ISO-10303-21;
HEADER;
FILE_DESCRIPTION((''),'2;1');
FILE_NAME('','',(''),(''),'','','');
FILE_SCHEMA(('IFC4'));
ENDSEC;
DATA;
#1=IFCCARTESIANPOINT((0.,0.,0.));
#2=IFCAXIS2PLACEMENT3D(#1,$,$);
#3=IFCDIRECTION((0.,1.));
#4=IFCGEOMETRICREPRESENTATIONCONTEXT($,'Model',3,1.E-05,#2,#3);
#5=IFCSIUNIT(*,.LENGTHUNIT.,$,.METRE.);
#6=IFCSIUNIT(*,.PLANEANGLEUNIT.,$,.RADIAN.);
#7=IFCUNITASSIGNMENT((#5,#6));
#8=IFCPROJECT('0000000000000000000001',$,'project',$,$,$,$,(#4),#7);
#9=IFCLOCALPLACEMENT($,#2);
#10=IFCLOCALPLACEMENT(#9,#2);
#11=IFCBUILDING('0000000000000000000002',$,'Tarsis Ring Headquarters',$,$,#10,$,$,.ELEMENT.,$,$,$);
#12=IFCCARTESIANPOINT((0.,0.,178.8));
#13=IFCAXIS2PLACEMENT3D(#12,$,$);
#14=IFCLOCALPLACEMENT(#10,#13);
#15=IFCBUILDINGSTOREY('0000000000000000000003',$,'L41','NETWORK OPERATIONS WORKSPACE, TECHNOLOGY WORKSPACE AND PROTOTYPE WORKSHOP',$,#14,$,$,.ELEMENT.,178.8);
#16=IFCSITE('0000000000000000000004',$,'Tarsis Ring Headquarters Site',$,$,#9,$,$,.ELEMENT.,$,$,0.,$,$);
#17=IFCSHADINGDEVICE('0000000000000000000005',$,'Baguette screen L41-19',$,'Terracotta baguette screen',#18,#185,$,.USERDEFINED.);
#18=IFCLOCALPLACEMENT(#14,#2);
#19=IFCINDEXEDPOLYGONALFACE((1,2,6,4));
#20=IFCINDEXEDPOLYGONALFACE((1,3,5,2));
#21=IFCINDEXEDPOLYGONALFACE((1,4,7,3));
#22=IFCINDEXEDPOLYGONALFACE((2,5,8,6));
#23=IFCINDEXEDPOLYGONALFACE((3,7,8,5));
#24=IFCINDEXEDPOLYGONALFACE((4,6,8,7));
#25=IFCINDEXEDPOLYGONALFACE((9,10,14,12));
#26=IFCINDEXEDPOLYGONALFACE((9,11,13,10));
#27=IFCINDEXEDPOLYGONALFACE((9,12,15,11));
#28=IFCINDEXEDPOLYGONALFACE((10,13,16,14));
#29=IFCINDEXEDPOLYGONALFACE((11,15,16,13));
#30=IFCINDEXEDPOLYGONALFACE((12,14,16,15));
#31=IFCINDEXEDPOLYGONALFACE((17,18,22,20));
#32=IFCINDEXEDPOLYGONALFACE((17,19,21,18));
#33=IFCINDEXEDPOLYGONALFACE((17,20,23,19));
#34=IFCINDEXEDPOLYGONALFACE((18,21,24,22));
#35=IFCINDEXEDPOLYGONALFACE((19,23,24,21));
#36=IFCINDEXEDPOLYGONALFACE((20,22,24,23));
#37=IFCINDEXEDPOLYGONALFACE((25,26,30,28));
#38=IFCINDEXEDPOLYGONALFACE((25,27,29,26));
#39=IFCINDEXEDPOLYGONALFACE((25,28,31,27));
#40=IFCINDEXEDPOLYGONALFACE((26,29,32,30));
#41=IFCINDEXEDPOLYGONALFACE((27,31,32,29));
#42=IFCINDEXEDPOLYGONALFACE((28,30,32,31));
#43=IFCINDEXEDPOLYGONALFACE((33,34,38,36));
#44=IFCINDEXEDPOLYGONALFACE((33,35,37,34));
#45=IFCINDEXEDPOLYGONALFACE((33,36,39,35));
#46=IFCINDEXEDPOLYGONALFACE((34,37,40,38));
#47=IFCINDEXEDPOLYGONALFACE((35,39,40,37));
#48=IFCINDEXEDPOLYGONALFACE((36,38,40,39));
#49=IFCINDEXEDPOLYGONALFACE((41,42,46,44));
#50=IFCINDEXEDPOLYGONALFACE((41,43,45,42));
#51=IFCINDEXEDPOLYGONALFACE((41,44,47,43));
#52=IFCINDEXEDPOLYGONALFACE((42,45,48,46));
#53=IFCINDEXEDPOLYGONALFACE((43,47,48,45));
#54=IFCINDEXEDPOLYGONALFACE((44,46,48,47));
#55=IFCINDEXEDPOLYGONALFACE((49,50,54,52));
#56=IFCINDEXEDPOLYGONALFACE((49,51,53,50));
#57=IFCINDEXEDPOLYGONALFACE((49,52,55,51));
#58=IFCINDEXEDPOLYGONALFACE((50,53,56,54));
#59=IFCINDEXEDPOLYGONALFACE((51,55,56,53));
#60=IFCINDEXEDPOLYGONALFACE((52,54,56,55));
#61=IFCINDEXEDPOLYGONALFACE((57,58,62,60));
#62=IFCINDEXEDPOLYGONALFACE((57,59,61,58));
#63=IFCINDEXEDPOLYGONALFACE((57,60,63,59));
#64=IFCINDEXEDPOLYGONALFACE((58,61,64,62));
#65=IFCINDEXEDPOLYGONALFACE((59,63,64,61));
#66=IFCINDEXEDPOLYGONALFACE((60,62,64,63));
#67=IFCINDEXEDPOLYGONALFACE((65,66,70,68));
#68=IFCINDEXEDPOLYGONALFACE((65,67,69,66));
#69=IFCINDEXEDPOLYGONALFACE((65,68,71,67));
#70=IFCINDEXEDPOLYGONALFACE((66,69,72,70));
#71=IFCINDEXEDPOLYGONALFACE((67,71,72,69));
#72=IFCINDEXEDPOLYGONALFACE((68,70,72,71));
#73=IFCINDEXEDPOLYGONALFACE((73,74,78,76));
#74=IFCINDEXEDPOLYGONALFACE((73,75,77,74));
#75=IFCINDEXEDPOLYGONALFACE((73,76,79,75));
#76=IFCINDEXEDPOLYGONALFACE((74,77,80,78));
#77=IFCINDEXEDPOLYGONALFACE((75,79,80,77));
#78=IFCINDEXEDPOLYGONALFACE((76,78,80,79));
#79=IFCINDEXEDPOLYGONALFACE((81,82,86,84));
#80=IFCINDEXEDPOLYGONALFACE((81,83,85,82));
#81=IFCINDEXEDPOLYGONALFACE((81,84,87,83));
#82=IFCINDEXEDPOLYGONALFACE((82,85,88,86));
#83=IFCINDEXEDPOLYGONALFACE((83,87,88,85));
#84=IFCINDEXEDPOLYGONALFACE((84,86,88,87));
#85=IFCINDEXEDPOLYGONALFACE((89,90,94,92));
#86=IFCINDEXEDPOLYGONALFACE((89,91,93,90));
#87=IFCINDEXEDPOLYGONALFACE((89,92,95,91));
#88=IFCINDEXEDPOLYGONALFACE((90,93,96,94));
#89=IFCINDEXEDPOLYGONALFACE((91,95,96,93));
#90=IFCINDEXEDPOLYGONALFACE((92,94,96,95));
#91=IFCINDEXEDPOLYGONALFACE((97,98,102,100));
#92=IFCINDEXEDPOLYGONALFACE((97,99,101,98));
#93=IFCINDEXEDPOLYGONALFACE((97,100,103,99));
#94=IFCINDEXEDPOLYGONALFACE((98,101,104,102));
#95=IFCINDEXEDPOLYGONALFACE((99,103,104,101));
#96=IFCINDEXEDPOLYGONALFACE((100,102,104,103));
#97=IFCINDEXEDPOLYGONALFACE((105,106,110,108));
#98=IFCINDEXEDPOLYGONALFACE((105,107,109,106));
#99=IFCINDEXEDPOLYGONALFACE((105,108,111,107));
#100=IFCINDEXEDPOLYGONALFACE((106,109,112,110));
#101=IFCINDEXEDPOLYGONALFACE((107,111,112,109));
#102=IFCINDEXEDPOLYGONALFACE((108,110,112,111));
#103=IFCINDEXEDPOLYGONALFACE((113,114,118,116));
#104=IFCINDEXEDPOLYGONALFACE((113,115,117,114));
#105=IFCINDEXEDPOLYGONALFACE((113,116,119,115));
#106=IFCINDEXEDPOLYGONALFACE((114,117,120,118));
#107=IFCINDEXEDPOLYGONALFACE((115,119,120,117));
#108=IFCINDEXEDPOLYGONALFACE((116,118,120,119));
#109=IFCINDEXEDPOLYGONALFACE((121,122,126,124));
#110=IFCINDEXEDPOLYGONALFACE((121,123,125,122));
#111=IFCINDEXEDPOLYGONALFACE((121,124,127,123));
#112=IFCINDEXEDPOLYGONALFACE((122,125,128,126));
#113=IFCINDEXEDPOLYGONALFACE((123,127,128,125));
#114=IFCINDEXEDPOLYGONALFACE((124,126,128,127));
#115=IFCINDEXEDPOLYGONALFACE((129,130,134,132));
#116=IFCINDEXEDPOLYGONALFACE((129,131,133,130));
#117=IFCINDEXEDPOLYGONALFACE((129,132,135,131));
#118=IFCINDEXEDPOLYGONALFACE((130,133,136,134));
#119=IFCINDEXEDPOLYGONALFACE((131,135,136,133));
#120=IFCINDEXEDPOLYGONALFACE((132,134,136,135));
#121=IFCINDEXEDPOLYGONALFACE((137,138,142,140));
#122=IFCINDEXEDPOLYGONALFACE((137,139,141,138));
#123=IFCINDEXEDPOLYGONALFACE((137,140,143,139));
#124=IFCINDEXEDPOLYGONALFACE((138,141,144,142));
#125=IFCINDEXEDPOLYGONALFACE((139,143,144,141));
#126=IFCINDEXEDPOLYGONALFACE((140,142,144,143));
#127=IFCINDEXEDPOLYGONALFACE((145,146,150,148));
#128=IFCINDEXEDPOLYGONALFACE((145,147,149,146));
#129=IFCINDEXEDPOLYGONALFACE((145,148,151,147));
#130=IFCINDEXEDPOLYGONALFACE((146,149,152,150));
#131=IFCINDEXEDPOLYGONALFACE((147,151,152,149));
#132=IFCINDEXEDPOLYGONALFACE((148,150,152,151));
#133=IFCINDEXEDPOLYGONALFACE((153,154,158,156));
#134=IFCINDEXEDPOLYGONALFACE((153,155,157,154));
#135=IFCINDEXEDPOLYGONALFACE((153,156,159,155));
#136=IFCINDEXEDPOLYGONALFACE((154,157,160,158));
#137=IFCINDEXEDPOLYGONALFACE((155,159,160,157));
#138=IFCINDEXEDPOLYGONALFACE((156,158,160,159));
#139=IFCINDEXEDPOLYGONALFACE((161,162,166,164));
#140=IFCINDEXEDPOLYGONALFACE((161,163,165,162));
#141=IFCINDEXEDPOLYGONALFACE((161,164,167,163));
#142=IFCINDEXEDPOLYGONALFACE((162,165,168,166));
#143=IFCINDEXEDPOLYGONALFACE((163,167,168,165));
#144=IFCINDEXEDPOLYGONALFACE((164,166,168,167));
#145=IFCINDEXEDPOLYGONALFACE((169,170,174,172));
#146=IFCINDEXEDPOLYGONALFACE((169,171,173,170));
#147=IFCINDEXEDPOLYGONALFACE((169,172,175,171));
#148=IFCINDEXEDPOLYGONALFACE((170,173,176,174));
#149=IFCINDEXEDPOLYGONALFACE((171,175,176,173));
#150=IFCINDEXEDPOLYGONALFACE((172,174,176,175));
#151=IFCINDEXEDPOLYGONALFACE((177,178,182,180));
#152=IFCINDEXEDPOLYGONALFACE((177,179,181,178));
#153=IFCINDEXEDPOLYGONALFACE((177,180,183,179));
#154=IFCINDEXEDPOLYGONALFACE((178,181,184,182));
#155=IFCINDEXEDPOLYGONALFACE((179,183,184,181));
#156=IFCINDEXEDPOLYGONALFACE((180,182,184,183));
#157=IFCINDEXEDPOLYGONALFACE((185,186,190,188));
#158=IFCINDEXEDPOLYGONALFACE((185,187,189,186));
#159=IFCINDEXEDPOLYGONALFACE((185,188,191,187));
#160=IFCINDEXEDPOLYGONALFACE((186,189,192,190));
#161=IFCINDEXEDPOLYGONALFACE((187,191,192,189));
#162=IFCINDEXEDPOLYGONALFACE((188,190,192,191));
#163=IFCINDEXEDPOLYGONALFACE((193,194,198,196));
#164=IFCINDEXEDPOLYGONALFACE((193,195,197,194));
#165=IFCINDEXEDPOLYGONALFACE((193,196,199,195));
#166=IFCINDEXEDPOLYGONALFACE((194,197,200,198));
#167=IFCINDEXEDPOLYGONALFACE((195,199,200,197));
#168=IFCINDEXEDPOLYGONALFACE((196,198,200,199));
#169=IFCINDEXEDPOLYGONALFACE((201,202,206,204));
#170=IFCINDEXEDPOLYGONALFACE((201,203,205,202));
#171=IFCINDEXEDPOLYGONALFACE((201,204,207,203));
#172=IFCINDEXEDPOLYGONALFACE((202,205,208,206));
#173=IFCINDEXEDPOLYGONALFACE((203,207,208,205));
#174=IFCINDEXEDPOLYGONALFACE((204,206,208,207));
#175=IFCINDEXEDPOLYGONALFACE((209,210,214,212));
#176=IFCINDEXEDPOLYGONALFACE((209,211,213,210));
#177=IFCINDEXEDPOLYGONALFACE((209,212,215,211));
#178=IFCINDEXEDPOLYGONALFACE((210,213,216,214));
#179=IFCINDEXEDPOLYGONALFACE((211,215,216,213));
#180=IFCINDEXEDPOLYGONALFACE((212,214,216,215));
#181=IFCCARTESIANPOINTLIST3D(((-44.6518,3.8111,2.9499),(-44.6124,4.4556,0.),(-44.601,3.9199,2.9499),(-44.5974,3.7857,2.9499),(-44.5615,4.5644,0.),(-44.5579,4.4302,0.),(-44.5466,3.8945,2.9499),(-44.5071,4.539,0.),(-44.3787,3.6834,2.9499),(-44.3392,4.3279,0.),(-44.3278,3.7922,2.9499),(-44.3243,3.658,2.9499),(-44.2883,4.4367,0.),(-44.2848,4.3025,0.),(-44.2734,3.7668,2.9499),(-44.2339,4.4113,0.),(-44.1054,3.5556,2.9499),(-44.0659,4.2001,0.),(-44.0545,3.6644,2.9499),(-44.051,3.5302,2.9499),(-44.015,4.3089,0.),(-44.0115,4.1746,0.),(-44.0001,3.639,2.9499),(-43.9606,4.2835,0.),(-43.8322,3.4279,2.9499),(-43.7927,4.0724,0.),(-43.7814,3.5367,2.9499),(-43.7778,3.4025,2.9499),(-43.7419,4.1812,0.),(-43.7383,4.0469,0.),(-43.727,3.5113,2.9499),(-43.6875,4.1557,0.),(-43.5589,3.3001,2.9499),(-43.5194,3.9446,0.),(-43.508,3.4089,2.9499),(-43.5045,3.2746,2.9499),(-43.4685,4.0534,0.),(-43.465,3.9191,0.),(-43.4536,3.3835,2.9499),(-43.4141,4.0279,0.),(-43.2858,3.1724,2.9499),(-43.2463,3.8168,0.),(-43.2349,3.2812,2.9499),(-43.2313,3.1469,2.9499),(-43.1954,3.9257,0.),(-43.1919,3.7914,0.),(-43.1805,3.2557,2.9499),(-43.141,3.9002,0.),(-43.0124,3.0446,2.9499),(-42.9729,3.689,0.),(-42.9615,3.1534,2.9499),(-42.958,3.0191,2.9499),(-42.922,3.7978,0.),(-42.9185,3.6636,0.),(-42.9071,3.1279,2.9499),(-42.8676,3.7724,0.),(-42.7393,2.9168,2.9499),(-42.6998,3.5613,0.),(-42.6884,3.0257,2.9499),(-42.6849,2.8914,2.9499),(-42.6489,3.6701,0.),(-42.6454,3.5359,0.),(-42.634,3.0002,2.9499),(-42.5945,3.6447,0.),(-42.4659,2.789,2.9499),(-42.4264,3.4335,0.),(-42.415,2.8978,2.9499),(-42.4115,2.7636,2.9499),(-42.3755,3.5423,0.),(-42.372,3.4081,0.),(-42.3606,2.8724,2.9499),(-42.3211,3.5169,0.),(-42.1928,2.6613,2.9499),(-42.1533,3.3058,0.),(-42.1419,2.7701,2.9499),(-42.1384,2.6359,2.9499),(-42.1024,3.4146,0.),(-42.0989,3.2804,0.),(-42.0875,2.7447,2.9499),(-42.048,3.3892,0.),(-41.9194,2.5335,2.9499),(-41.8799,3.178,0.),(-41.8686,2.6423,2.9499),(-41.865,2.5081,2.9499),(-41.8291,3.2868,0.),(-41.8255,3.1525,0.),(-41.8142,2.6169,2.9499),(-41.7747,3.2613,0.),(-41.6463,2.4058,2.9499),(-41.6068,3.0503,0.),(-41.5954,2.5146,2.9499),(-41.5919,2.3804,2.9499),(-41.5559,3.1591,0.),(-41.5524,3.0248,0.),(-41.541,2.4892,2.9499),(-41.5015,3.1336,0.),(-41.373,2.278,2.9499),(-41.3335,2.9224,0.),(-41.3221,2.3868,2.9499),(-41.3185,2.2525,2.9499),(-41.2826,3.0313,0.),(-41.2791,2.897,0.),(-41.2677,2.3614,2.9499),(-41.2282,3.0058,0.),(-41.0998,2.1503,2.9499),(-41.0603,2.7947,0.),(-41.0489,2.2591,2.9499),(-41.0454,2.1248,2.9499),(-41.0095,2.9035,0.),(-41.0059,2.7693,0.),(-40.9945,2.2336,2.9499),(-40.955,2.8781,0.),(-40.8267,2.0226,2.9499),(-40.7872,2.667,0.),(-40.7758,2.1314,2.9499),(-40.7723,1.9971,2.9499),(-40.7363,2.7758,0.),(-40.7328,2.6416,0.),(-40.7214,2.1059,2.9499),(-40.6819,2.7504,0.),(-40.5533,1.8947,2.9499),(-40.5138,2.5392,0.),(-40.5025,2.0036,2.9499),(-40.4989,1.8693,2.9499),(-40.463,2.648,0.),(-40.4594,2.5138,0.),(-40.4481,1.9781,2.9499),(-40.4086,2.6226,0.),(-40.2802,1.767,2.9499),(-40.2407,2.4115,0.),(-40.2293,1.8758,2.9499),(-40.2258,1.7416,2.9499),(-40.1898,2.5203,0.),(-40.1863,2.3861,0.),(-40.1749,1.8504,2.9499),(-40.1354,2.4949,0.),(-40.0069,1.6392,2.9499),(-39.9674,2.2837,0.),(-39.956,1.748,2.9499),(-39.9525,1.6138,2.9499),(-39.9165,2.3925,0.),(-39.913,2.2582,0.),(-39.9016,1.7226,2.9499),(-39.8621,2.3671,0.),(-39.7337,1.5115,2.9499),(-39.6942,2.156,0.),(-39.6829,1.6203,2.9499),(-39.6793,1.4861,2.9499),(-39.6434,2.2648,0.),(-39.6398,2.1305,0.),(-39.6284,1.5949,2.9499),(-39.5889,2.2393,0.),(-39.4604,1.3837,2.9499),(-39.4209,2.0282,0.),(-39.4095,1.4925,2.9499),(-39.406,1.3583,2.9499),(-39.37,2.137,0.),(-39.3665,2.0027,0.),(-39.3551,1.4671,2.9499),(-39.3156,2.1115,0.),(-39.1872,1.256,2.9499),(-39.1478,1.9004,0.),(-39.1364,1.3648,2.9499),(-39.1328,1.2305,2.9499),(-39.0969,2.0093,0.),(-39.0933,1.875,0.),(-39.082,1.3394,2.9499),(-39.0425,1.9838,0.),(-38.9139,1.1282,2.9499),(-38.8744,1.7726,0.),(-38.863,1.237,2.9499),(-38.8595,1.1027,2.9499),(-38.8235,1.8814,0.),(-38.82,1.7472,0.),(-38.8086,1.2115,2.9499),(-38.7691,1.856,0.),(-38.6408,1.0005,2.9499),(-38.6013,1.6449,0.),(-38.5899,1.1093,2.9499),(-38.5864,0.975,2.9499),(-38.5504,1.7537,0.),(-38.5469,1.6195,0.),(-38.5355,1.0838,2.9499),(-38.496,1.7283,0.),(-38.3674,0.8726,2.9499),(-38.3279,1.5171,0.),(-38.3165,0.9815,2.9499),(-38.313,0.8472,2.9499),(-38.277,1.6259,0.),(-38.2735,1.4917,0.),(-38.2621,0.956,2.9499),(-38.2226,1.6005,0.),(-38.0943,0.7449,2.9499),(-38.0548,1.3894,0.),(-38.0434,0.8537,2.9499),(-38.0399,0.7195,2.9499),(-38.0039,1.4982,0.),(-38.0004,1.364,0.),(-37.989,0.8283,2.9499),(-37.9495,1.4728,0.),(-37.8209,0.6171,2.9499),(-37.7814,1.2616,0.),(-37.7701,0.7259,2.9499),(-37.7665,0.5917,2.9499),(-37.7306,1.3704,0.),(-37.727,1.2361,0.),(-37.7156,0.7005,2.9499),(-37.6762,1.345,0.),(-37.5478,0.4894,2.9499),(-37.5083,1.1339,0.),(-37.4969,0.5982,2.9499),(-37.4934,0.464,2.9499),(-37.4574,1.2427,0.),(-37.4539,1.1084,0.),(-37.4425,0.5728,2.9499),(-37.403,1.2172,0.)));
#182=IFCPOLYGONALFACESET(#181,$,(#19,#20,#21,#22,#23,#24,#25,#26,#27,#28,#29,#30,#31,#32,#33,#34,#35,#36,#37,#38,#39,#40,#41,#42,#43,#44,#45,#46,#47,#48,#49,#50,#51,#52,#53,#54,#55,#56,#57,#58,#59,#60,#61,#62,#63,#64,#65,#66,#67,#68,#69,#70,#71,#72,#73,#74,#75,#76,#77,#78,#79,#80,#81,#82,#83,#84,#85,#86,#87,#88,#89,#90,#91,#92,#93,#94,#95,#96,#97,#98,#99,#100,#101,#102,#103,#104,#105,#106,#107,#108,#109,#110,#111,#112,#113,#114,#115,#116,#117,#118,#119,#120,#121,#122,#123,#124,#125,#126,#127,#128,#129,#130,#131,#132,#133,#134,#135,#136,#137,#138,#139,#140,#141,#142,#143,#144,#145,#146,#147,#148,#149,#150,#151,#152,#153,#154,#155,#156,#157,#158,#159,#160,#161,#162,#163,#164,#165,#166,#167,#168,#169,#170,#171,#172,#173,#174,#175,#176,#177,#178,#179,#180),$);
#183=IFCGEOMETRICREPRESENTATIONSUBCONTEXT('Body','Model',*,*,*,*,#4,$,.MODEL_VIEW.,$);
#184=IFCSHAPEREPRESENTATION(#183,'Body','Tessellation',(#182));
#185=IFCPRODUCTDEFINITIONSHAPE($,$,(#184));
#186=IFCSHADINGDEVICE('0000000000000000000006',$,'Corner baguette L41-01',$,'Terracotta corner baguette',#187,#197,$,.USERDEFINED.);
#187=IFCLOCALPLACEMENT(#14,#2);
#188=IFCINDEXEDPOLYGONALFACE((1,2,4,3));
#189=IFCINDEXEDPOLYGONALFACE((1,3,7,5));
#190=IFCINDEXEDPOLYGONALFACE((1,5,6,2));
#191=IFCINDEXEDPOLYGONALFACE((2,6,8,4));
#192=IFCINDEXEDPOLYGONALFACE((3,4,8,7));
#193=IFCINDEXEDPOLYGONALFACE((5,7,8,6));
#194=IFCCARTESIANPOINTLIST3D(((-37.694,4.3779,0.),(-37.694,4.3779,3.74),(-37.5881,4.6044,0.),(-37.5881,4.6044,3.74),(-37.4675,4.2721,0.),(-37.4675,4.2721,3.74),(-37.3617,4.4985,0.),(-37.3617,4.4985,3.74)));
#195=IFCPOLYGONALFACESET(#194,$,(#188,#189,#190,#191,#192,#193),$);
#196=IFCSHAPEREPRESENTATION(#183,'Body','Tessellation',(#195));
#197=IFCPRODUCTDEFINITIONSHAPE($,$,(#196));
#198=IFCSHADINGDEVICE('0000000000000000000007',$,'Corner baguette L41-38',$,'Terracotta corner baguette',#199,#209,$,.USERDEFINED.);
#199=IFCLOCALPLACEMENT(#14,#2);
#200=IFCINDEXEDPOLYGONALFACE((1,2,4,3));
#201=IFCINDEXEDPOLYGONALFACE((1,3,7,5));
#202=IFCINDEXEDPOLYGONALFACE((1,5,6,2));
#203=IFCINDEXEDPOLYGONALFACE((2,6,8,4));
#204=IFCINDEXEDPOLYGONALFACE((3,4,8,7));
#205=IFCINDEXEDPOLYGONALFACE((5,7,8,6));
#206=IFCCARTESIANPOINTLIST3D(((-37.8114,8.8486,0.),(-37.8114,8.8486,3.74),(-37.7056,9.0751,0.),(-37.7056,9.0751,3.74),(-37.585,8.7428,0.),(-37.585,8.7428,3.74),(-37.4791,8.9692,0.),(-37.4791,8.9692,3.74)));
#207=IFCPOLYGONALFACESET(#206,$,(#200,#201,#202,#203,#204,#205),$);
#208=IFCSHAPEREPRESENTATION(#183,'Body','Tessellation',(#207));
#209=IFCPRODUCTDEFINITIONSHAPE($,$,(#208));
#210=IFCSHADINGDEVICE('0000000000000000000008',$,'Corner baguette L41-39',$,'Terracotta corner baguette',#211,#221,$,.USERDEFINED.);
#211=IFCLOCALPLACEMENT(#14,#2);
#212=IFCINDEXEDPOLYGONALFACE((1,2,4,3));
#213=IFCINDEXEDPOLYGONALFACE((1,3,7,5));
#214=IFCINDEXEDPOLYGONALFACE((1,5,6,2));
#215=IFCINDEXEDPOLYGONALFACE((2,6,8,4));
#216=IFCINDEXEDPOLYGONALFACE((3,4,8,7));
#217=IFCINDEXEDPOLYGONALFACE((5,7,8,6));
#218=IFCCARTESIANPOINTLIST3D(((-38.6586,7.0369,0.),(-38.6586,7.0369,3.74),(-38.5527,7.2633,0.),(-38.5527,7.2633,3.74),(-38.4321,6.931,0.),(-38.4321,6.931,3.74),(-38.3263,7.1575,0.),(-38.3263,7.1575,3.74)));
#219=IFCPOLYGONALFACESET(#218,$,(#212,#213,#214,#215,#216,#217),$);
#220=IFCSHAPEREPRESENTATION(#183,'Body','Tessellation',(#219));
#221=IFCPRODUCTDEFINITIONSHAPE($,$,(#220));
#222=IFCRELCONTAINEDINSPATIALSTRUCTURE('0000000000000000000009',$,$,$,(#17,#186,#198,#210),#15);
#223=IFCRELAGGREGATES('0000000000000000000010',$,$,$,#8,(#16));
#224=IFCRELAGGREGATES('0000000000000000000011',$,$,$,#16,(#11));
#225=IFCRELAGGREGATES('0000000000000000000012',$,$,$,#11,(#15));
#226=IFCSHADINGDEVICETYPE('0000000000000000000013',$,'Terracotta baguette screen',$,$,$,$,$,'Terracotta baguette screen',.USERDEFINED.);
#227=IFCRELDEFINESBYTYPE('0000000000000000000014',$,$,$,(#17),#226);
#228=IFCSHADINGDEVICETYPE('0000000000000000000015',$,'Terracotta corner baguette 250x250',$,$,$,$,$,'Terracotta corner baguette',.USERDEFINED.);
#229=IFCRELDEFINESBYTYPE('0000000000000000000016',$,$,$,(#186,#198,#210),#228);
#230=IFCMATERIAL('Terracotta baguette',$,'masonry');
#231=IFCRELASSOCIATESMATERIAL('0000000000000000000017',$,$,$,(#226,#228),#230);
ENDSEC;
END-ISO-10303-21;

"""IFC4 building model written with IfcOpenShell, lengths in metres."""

from ifc_helpers import new_model, si_unit, direction, frame, frame_2d, origin, origin_2d, place, context, subcontext, project, spatial, rectangle, composite_profile, extrude, material, type_object, element, save


model = new_model("IFC4")

# Units and contexts
model_context = context("Model", 3, precision=1e-05, world=origin(), true_north=direction((0.0, 1.0)))
body_context = subcontext(model_context, "Body", "Model", "MODEL_VIEW")
ifc_project = project(units=[si_unit("LENGTHUNIT", "METRE"), si_unit("PLANEANGLEUNIT", "RADIAN")], contexts=[model_context])

# Site, building, storey
site_placement = place(None, origin())
site = spatial("IfcSite", under=ifc_project, at=site_placement, Name="Tarsis Ring Headquarters Site", CompositionType="ELEMENT", RefElevation=0.0)
building_placement = place(site_placement, origin())
building = spatial("IfcBuilding", under=site, at=building_placement, Name="Tarsis Ring Headquarters", CompositionType="ELEMENT")
storey_placement = place(building_placement, frame((0.0, 0.0, 178.8)))
storey = spatial("IfcBuildingStorey", under=building, at=storey_placement, Name="L41", Description="NETWORK OPERATIONS WORKSPACE, TECHNOLOGY WORKSPACE AND PROTOTYPE WORKSHOP", CompositionType="ELEMENT", Elevation=178.8)

# Shading devices
ifc_material_1 = material(Name="Terracotta baguette", Category="masonry")
shading_device_type_1 = type_object("IfcShadingDeviceType", Name="Terracotta baguette screen", ElementType="Terracotta baguette screen", PredefinedType="USERDEFINED", material=ifc_material_1)
shading_device_1_placement = place(storey_placement, frame((-44.5869, 4.51, 0.0), z_axis=(0.0, 0.0, 1.0), x_axis=(0.905864, -0.423566, 0.0)))
element("IfcShadingDevice", 1, at=shading_device_1_placement, inside=storey, type_object=shading_device_type_1, Name="Baguette screen L41-19", ObjectType="Terracotta baguette screen", PredefinedType="USERDEFINED", context=body_context, shape_type="SweptSolid", body=[
    extrude(composite_profile([rectangle(XDim=0.0601, YDim=0.1201, at=frame_2d((0.03, 0.0))), rectangle(XDim=0.0601, YDim=0.1201, at=frame_2d((0.3315, 0.0))), rectangle(XDim=0.0601, YDim=0.1201, at=frame_2d((0.6333, 0.0))), rectangle(XDim=0.0601, YDim=0.1201, at=frame_2d((0.9348, 0.0))), rectangle(XDim=0.0601, YDim=0.1201, at=frame_2d((1.2366, 0.0))), rectangle(XDim=0.0601, YDim=0.1201, at=frame_2d((1.5381, 0.0))), rectangle(XDim=0.0601, YDim=0.1201, at=frame_2d((1.8398, 0.0))), rectangle(XDim=0.0601, YDim=0.1201, at=frame_2d((2.1414, 0.0))), rectangle(XDim=0.0601, YDim=0.1201, at=frame_2d((2.4431, 0.0))), rectangle(XDim=0.0601, YDim=0.1201, at=frame_2d((2.7446, 0.0))), rectangle(XDim=0.0601, YDim=0.1201, at=frame_2d((3.0464, 0.0))), rectangle(XDim=0.0601, YDim=0.1201, at=frame_2d((3.3479, 0.0))), rectangle(XDim=0.0601, YDim=0.1201, at=frame_2d((3.6497, 0.0))), rectangle(XDim=0.0601, YDim=0.1201, at=frame_2d((3.9512, 0.0))), rectangle(XDim=0.0601, YDim=0.1201, at=frame_2d((4.2527, 0.0))), rectangle(XDim=0.0601, YDim=0.1201, at=frame_2d((4.5544, 0.0))), rectangle(XDim=0.0601, YDim=0.1201, at=frame_2d((4.856, 0.0))), rectangle(XDim=0.0601, YDim=0.1201, at=frame_2d((5.1577, 0.0))), rectangle(XDim=0.0601, YDim=0.1201, at=frame_2d((5.4592, 0.0))), rectangle(XDim=0.0601, YDim=0.1201, at=frame_2d((5.761, 0.0))), rectangle(XDim=0.0601, YDim=0.1201, at=frame_2d((6.0625, 0.0))), rectangle(XDim=0.0601, YDim=0.1201, at=frame_2d((6.3643, 0.0))), rectangle(XDim=0.0601, YDim=0.1201, at=frame_2d((6.6658, 0.0))), rectangle(XDim=0.0601, YDim=0.1201, at=frame_2d((6.9675, 0.0))), rectangle(XDim=0.0601, YDim=0.1201, at=frame_2d((7.269, 0.0))), rectangle(XDim=0.0601, YDim=0.1201, at=frame_2d((7.5708, 0.0))), rectangle(XDim=0.0601, YDim=0.1201, at=frame_2d((7.8723, 0.0)))]), origin(), (0.078548, -0.198865, 0.976874), 3.0198),
])
shading_device_type_2 = type_object("IfcShadingDeviceType", Name="Terracotta corner baguette 250x250", ElementType="Terracotta corner baguette", PredefinedType="USERDEFINED", material=ifc_material_1)
for number, where, z_axis, x_axis, name in (
    (2, (-37.5278, 4.4382, 0.0), (0.0, 0.0, 1.0), (-0.423567, -0.905865, 0.0), "Corner baguette L41-01"),
    (3, (-37.6453, 8.9089, 0.0), (0.0, 0.0, 1.0), (0.905865, -0.423567, 0.0), "Corner baguette L41-38"),
    (4, (-38.4924, 7.0972, 0.0), (0.0, 0.0, 1.0), (-0.423567, -0.905865, 0.0), "Corner baguette L41-39"),
):
    element("IfcShadingDevice", number, at=place(storey_placement, frame(where, z_axis=z_axis, x_axis=x_axis)), inside=storey, type_object=shading_device_type_2, Name=name, ObjectType="Terracotta corner baguette", PredefinedType="USERDEFINED", context=body_context, shape_type="SweptSolid", body=[
        extrude(rectangle(XDim=0.25, YDim=0.25, at=origin_2d()), origin(), (0.0, 0.0, 1.0), 3.74),
    ])

save(model, "model.ifc")
